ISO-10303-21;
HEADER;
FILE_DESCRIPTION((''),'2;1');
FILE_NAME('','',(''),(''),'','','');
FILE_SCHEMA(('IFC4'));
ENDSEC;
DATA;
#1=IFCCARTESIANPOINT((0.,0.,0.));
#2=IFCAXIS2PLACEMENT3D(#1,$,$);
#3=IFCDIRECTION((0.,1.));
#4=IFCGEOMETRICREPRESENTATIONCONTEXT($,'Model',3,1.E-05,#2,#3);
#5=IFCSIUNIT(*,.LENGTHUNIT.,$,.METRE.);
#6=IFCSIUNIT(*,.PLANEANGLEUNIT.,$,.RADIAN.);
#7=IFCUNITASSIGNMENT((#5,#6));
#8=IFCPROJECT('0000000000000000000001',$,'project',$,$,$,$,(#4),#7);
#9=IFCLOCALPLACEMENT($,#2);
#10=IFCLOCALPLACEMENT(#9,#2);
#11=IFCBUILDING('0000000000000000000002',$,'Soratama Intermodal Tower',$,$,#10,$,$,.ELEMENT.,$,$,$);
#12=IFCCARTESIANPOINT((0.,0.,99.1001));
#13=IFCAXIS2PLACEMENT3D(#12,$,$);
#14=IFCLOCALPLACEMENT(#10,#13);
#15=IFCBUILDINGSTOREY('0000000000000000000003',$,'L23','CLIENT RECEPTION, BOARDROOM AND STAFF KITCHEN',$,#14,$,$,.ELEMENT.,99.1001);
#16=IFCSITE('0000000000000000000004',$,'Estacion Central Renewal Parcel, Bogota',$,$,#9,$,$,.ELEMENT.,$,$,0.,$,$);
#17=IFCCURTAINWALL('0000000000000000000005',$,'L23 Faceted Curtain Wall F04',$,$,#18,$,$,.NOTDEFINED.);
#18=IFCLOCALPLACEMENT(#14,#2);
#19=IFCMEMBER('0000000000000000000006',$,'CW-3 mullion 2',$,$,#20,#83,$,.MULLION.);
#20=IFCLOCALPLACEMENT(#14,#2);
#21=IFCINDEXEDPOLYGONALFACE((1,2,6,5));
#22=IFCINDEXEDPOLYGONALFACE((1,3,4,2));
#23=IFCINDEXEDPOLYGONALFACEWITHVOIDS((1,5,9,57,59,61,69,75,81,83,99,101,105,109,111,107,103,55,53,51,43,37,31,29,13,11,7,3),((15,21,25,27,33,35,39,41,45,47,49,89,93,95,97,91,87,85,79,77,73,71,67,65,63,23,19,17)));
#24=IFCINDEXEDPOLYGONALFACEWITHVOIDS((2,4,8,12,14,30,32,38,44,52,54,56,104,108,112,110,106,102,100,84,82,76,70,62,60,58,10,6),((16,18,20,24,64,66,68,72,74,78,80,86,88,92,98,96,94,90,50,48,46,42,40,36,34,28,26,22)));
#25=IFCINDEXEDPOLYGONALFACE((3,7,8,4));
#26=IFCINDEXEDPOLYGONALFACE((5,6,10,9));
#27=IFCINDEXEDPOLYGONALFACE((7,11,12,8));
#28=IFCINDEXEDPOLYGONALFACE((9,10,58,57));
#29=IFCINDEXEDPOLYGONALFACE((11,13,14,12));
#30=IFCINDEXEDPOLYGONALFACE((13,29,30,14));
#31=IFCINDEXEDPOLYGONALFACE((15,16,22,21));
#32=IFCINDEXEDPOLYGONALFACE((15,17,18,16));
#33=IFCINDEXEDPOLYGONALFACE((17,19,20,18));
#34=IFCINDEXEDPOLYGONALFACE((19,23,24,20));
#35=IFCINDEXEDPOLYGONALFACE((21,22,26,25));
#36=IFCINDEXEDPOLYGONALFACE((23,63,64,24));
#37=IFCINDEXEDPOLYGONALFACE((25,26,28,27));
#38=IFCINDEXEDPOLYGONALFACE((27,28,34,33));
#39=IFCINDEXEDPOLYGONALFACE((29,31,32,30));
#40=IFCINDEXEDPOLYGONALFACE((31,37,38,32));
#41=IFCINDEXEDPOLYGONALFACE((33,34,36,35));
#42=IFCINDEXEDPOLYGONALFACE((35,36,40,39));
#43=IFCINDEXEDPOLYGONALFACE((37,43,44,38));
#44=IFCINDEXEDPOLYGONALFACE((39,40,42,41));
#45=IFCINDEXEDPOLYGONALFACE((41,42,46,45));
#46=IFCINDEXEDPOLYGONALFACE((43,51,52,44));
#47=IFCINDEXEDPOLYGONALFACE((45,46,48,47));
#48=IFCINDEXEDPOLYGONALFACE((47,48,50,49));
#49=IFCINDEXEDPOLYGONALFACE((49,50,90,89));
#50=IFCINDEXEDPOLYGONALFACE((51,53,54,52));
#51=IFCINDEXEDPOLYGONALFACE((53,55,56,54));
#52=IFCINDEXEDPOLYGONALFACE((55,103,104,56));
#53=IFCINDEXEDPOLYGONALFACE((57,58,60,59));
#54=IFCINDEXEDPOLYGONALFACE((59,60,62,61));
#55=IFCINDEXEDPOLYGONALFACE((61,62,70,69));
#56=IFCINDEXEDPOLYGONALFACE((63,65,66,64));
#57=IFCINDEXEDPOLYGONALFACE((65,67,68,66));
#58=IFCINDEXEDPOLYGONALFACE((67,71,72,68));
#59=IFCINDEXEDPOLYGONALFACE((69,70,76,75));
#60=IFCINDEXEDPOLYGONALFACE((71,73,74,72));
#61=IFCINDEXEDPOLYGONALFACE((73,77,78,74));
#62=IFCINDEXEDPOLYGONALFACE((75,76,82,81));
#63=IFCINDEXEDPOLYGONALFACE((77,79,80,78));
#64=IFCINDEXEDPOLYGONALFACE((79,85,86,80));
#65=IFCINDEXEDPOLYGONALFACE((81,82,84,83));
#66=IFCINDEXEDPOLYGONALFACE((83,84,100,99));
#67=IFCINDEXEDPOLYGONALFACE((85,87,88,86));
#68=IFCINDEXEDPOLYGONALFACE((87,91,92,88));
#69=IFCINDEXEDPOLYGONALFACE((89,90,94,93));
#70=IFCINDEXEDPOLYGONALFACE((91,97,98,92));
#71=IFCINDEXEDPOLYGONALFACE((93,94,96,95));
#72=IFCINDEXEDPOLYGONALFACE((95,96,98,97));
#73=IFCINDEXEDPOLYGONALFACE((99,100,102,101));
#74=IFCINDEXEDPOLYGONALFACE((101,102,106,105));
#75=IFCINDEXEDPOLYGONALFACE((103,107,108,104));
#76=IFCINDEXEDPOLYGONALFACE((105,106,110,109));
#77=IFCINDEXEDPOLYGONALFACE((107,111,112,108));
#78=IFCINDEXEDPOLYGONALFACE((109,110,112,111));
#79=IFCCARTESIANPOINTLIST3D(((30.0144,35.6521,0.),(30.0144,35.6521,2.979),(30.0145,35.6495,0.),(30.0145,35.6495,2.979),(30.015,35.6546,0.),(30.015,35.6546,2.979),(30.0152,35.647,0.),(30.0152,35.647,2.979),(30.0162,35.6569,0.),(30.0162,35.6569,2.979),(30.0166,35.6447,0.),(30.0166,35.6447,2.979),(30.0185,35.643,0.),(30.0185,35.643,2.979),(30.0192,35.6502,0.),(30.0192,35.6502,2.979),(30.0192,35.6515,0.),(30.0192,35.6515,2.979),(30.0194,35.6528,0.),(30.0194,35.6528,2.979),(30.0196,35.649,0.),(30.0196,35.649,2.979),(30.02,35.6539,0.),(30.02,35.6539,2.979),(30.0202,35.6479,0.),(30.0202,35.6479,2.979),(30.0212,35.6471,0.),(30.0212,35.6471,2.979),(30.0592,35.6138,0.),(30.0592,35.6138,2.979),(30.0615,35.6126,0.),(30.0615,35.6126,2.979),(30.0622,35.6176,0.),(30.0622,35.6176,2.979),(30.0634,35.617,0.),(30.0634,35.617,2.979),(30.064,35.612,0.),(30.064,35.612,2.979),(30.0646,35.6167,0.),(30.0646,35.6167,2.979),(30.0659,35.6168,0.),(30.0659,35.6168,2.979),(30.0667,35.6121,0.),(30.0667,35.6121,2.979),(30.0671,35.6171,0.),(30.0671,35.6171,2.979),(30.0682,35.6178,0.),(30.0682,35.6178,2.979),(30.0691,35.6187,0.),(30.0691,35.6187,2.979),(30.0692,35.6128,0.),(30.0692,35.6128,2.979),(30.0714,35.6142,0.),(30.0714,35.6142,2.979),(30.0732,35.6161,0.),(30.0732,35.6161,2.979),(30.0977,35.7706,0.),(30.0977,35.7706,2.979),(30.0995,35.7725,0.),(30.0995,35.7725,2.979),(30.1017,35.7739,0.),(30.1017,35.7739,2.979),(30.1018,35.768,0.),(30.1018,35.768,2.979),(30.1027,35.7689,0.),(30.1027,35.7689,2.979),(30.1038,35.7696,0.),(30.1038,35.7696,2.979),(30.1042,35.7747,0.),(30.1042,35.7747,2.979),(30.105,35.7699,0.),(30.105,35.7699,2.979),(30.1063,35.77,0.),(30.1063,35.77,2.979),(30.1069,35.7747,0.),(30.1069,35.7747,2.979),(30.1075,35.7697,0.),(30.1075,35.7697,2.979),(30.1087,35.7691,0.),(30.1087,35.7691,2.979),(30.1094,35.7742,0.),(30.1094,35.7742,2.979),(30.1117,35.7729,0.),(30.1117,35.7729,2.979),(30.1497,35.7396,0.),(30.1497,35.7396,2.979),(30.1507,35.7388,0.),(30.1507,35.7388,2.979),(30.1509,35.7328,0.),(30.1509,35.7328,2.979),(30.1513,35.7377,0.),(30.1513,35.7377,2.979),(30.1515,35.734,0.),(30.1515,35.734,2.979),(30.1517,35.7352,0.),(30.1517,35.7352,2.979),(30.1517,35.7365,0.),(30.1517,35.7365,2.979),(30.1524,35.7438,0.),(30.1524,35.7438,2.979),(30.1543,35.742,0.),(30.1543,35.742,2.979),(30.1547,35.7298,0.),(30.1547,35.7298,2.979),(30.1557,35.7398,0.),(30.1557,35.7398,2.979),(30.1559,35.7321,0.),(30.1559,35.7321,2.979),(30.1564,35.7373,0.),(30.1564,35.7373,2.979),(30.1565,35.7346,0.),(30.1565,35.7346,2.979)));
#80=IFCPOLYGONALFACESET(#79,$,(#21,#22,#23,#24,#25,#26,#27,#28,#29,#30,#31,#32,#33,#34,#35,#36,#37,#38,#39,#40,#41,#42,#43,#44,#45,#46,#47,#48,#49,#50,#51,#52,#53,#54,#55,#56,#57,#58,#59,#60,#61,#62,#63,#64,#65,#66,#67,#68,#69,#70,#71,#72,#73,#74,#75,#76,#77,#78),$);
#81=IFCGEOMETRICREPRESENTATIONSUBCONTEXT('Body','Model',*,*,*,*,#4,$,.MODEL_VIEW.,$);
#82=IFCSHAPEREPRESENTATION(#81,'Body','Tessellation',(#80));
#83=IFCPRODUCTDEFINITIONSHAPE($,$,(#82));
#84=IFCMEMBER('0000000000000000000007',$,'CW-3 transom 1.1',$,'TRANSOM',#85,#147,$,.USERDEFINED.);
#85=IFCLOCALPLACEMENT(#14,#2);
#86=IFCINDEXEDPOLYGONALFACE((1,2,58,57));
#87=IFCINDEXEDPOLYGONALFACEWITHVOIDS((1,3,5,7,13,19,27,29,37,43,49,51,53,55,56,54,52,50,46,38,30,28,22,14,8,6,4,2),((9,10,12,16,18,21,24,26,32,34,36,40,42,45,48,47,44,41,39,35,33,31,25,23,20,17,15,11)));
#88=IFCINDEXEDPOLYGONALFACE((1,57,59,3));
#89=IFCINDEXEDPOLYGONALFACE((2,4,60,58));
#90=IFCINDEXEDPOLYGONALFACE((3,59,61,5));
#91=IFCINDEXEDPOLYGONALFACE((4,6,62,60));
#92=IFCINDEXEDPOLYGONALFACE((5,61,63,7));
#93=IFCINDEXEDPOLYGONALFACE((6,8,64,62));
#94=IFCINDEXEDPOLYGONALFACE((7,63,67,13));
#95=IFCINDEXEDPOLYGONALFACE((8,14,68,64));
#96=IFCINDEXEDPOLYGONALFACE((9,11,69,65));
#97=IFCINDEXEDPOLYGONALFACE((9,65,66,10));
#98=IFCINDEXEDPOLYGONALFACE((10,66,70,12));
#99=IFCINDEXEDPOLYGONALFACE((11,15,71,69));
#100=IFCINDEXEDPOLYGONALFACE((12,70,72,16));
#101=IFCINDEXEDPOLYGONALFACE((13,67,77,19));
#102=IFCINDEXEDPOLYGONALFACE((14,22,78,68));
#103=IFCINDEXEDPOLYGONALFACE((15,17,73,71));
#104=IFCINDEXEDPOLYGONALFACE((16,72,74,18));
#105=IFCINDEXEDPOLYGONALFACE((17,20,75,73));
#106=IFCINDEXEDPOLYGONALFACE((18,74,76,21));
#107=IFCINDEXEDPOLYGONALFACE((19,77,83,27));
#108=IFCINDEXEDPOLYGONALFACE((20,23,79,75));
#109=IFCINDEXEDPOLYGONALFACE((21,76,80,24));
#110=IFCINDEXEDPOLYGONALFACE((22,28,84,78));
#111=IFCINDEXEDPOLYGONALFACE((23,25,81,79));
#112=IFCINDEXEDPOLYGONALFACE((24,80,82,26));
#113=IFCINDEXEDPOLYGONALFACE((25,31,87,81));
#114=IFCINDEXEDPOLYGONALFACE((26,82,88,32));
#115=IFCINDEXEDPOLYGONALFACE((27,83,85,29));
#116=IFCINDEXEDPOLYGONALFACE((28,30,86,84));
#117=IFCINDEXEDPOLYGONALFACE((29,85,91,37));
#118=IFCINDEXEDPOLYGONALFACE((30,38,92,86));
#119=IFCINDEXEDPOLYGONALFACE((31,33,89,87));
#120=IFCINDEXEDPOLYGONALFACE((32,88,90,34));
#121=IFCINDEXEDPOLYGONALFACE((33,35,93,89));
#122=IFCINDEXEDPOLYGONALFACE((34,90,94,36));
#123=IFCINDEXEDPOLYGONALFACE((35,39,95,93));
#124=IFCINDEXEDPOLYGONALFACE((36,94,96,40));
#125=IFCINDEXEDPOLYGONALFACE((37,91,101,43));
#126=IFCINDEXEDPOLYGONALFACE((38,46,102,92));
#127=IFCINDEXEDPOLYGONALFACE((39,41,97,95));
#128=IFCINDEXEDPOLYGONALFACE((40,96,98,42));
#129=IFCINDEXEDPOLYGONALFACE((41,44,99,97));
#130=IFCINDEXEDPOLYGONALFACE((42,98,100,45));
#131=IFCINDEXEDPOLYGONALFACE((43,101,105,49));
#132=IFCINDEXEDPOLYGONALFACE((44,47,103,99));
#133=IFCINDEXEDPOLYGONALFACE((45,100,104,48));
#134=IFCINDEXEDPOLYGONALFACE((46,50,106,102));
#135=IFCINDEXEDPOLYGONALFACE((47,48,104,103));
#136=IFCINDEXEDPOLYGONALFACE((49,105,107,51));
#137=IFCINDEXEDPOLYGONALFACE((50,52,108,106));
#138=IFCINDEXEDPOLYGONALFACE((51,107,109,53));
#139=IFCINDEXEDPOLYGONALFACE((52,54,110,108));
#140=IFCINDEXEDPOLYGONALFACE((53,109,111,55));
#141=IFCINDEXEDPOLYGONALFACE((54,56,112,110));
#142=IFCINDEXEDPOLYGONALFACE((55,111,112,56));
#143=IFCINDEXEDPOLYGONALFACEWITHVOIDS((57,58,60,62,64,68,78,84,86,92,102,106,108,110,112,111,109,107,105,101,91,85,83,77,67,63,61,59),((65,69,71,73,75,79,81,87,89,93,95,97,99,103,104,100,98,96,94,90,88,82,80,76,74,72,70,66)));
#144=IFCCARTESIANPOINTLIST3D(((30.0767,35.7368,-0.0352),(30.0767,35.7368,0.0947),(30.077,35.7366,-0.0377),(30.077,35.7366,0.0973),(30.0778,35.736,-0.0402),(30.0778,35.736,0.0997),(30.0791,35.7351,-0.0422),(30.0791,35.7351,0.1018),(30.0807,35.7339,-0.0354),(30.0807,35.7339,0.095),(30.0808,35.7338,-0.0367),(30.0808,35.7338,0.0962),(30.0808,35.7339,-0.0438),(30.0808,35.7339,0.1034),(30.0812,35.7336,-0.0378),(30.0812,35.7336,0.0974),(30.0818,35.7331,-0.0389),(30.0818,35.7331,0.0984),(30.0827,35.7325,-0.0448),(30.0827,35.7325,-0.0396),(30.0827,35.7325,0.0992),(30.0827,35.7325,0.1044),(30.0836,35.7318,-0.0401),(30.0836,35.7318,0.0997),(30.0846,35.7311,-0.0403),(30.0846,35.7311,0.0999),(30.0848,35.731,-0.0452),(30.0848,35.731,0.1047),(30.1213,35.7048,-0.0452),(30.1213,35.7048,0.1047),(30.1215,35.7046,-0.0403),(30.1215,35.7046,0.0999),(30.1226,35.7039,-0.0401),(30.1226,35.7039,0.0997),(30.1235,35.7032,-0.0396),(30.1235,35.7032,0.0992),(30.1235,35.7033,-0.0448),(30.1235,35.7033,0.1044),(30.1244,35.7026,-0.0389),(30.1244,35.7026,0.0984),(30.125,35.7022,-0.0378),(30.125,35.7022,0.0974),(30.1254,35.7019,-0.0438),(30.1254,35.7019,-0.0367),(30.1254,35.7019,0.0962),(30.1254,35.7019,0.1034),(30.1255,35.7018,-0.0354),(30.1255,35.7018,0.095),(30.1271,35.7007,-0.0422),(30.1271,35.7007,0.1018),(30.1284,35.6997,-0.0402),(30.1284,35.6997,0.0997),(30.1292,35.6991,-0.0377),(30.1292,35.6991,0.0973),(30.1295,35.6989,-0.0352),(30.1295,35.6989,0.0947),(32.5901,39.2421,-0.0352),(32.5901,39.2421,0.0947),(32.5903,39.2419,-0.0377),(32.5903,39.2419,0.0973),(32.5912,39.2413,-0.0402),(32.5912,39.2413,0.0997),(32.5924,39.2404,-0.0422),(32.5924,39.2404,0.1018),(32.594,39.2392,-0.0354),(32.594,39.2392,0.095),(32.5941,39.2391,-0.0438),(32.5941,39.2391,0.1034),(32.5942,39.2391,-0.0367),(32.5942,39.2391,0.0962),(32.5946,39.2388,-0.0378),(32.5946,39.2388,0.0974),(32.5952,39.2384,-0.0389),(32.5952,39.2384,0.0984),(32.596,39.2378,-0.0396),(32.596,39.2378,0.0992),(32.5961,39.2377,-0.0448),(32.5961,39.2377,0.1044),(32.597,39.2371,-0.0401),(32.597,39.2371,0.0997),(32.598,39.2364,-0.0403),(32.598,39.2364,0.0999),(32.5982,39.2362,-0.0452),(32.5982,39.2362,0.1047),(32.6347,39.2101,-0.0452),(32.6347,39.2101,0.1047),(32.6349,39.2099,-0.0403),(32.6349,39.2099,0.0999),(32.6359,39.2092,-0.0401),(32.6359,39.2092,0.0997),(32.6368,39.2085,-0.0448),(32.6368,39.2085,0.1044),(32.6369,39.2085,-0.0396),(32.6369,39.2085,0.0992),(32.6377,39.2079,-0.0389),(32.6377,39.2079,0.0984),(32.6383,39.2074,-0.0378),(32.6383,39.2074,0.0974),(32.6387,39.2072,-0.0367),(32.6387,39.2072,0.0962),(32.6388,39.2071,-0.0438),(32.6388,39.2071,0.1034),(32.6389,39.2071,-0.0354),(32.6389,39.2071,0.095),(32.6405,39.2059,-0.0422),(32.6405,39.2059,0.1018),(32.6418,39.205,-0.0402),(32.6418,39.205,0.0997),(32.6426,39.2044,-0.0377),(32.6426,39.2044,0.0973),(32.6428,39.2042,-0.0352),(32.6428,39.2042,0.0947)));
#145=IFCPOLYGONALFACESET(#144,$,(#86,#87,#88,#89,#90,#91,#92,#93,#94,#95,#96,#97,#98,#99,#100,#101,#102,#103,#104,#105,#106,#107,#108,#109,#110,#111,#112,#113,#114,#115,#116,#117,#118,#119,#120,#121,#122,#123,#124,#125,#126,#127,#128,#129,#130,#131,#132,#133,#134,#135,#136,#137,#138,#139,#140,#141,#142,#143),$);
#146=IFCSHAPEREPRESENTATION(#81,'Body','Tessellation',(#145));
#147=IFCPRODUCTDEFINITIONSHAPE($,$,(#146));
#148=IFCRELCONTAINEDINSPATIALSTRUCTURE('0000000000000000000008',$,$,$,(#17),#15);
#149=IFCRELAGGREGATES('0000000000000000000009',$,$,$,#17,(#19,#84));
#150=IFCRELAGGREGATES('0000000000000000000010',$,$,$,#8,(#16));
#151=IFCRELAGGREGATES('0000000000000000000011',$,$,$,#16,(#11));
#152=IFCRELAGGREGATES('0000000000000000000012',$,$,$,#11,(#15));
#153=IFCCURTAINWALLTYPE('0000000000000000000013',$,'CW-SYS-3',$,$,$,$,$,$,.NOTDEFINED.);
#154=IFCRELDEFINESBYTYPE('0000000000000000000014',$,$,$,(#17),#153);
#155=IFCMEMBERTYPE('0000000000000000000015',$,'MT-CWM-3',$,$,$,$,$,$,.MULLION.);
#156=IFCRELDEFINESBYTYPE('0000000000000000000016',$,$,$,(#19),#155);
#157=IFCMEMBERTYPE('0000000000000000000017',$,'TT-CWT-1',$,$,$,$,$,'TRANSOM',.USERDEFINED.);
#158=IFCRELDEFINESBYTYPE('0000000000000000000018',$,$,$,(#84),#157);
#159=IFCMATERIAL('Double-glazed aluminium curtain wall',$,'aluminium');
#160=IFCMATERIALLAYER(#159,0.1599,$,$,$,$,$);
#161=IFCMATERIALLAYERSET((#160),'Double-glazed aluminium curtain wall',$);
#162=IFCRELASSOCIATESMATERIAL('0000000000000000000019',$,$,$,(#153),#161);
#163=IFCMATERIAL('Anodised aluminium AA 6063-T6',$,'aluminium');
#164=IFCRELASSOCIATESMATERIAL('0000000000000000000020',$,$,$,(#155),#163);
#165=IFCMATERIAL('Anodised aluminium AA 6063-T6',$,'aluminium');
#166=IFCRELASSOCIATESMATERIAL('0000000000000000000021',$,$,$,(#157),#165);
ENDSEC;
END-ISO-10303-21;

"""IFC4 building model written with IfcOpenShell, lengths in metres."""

from ifc_helpers import new_model, si_unit, direction, frame, origin, origin_2d, place, context, subcontext, project, spatial, hollow_rectangle, extrude, material, layer, layer_set, material_profile, profile_set, type_object, element, aggregate, save


model = new_model("IFC4")

# Units and contexts
model_context = context("Model", 3, precision=1e-05, world=origin(), true_north=direction((0.0, 1.0)))
body_context = subcontext(model_context, "Body", "Model", "MODEL_VIEW")
ifc_project = project(units=[si_unit("LENGTHUNIT", "METRE"), si_unit("PLANEANGLEUNIT", "RADIAN")], contexts=[model_context])

# Site, building, storey
site_placement = place(None, origin())
site = spatial("IfcSite", under=ifc_project, at=site_placement, Name="Estacion Central Renewal Parcel, Bogota", CompositionType="ELEMENT", RefElevation=0.0)
building_placement = place(site_placement, origin())
building = spatial("IfcBuilding", under=site, at=building_placement, Name="Soratama Intermodal Tower", CompositionType="ELEMENT")
storey_placement = place(building_placement, frame((0.0, 0.0, 99.1001)))
storey = spatial("IfcBuildingStorey", under=building, at=storey_placement, Name="L23", Description="CLIENT RECEPTION, BOARDROOM AND STAFF KITCHEN", CompositionType="ELEMENT", Elevation=99.1001)

# Curtain wall, members
ifc_material_1 = material(Name="Double-glazed aluminium curtain wall", Category="aluminium")
ifc_layer_1 = layer(ifc_material_1, 0.1599)
ifc_layer_set_1 = layer_set([ifc_layer_1], Name="Double-glazed aluminium curtain wall")
curtain_wall_type = type_object("IfcCurtainWallType", Name="CW-SYS-3", PredefinedType="NOTDEFINED", material=ifc_layer_set_1)
curtain_wall_placement = place(storey_placement, origin())
curtain_wall = element("IfcCurtainWall", 1, at=curtain_wall_placement, inside=storey, type_object=curtain_wall_type, Name="L23 Faceted Curtain Wall F04", PredefinedType="NOTDEFINED")
ifc_material_2 = material(Name="Anodised aluminium AA 6063-T6", Category="aluminium")
ifc_material_profile_1 = material_profile(ifc_material_2, hollow_rectangle(XDim=0.0701, YDim=0.1599, WallThickness=0.0049, InnerFilletRadius=0.0049, OuterFilletRadius=0.01, at=origin_2d()), Name="CWM160X70X5")
ifc_profile_set_1 = profile_set([ifc_material_profile_1], Name="Anodised aluminium AA 6063-T6")
member_type_1 = type_object("IfcMemberType", Name="MT-CWM-3", PredefinedType="MULLION", material=ifc_profile_set_1)
member_1_placement = place(storey_placement, frame((30.0854, 35.6934, 0.0), z_axis=(0.0, 0.0, 1.0), x_axis=(0.812696, -0.582687, 0.0)))
member_1 = element("IfcMember", 2, at=member_1_placement, type_object=member_type_1, Name="CW-3 mullion 2", PredefinedType="MULLION", context=body_context, shape_type="SweptSolid", body=[
    extrude(hollow_rectangle(XDim=0.0701, YDim=0.1599, WallThickness=0.0049, InnerFilletRadius=0.0049, OuterFilletRadius=0.01, at=origin_2d()), origin(), (0.0, 0.0, 1.0), 2.979),
])
ifc_material_3 = material(Name="Anodised aluminium AA 6063-T6", Category="aluminium")
ifc_material_profile_2 = material_profile(ifc_material_3, hollow_rectangle(XDim=0.0649, YDim=0.1499, WallThickness=0.0049, InnerFilletRadius=0.0049, OuterFilletRadius=0.01, at=origin_2d()), Name="CWT150X65X5")
ifc_profile_set_2 = profile_set([ifc_material_profile_2], Name="Anodised aluminium AA 6063-T6")
member_type_2 = type_object("IfcMemberType", Name="TT-CWT-1", ElementType="TRANSOM", PredefinedType="USERDEFINED", material=ifc_profile_set_2)
member_2_placement = place(storey_placement, frame((32.6165, 39.2231, 0.0298), z_axis=(-0.58271, -0.81268, 0.0), x_axis=(0.81268, -0.58271, 0.0)))
member_2 = element("IfcMember", 3, at=member_2_placement, type_object=member_type_2, Name="CW-3 transom 1.1", ObjectType="TRANSOM", PredefinedType="USERDEFINED", context=body_context, shape_type="SweptSolid", body=[
    extrude(hollow_rectangle(XDim=0.0649, YDim=0.1499, WallThickness=0.0049, InnerFilletRadius=0.0049, OuterFilletRadius=0.01, at=origin_2d()), origin(), (0.0, 0.0, 1.0), 4.3132),
])
aggregate(curtain_wall, [member_1, member_2])

save(model, "model.ifc")
